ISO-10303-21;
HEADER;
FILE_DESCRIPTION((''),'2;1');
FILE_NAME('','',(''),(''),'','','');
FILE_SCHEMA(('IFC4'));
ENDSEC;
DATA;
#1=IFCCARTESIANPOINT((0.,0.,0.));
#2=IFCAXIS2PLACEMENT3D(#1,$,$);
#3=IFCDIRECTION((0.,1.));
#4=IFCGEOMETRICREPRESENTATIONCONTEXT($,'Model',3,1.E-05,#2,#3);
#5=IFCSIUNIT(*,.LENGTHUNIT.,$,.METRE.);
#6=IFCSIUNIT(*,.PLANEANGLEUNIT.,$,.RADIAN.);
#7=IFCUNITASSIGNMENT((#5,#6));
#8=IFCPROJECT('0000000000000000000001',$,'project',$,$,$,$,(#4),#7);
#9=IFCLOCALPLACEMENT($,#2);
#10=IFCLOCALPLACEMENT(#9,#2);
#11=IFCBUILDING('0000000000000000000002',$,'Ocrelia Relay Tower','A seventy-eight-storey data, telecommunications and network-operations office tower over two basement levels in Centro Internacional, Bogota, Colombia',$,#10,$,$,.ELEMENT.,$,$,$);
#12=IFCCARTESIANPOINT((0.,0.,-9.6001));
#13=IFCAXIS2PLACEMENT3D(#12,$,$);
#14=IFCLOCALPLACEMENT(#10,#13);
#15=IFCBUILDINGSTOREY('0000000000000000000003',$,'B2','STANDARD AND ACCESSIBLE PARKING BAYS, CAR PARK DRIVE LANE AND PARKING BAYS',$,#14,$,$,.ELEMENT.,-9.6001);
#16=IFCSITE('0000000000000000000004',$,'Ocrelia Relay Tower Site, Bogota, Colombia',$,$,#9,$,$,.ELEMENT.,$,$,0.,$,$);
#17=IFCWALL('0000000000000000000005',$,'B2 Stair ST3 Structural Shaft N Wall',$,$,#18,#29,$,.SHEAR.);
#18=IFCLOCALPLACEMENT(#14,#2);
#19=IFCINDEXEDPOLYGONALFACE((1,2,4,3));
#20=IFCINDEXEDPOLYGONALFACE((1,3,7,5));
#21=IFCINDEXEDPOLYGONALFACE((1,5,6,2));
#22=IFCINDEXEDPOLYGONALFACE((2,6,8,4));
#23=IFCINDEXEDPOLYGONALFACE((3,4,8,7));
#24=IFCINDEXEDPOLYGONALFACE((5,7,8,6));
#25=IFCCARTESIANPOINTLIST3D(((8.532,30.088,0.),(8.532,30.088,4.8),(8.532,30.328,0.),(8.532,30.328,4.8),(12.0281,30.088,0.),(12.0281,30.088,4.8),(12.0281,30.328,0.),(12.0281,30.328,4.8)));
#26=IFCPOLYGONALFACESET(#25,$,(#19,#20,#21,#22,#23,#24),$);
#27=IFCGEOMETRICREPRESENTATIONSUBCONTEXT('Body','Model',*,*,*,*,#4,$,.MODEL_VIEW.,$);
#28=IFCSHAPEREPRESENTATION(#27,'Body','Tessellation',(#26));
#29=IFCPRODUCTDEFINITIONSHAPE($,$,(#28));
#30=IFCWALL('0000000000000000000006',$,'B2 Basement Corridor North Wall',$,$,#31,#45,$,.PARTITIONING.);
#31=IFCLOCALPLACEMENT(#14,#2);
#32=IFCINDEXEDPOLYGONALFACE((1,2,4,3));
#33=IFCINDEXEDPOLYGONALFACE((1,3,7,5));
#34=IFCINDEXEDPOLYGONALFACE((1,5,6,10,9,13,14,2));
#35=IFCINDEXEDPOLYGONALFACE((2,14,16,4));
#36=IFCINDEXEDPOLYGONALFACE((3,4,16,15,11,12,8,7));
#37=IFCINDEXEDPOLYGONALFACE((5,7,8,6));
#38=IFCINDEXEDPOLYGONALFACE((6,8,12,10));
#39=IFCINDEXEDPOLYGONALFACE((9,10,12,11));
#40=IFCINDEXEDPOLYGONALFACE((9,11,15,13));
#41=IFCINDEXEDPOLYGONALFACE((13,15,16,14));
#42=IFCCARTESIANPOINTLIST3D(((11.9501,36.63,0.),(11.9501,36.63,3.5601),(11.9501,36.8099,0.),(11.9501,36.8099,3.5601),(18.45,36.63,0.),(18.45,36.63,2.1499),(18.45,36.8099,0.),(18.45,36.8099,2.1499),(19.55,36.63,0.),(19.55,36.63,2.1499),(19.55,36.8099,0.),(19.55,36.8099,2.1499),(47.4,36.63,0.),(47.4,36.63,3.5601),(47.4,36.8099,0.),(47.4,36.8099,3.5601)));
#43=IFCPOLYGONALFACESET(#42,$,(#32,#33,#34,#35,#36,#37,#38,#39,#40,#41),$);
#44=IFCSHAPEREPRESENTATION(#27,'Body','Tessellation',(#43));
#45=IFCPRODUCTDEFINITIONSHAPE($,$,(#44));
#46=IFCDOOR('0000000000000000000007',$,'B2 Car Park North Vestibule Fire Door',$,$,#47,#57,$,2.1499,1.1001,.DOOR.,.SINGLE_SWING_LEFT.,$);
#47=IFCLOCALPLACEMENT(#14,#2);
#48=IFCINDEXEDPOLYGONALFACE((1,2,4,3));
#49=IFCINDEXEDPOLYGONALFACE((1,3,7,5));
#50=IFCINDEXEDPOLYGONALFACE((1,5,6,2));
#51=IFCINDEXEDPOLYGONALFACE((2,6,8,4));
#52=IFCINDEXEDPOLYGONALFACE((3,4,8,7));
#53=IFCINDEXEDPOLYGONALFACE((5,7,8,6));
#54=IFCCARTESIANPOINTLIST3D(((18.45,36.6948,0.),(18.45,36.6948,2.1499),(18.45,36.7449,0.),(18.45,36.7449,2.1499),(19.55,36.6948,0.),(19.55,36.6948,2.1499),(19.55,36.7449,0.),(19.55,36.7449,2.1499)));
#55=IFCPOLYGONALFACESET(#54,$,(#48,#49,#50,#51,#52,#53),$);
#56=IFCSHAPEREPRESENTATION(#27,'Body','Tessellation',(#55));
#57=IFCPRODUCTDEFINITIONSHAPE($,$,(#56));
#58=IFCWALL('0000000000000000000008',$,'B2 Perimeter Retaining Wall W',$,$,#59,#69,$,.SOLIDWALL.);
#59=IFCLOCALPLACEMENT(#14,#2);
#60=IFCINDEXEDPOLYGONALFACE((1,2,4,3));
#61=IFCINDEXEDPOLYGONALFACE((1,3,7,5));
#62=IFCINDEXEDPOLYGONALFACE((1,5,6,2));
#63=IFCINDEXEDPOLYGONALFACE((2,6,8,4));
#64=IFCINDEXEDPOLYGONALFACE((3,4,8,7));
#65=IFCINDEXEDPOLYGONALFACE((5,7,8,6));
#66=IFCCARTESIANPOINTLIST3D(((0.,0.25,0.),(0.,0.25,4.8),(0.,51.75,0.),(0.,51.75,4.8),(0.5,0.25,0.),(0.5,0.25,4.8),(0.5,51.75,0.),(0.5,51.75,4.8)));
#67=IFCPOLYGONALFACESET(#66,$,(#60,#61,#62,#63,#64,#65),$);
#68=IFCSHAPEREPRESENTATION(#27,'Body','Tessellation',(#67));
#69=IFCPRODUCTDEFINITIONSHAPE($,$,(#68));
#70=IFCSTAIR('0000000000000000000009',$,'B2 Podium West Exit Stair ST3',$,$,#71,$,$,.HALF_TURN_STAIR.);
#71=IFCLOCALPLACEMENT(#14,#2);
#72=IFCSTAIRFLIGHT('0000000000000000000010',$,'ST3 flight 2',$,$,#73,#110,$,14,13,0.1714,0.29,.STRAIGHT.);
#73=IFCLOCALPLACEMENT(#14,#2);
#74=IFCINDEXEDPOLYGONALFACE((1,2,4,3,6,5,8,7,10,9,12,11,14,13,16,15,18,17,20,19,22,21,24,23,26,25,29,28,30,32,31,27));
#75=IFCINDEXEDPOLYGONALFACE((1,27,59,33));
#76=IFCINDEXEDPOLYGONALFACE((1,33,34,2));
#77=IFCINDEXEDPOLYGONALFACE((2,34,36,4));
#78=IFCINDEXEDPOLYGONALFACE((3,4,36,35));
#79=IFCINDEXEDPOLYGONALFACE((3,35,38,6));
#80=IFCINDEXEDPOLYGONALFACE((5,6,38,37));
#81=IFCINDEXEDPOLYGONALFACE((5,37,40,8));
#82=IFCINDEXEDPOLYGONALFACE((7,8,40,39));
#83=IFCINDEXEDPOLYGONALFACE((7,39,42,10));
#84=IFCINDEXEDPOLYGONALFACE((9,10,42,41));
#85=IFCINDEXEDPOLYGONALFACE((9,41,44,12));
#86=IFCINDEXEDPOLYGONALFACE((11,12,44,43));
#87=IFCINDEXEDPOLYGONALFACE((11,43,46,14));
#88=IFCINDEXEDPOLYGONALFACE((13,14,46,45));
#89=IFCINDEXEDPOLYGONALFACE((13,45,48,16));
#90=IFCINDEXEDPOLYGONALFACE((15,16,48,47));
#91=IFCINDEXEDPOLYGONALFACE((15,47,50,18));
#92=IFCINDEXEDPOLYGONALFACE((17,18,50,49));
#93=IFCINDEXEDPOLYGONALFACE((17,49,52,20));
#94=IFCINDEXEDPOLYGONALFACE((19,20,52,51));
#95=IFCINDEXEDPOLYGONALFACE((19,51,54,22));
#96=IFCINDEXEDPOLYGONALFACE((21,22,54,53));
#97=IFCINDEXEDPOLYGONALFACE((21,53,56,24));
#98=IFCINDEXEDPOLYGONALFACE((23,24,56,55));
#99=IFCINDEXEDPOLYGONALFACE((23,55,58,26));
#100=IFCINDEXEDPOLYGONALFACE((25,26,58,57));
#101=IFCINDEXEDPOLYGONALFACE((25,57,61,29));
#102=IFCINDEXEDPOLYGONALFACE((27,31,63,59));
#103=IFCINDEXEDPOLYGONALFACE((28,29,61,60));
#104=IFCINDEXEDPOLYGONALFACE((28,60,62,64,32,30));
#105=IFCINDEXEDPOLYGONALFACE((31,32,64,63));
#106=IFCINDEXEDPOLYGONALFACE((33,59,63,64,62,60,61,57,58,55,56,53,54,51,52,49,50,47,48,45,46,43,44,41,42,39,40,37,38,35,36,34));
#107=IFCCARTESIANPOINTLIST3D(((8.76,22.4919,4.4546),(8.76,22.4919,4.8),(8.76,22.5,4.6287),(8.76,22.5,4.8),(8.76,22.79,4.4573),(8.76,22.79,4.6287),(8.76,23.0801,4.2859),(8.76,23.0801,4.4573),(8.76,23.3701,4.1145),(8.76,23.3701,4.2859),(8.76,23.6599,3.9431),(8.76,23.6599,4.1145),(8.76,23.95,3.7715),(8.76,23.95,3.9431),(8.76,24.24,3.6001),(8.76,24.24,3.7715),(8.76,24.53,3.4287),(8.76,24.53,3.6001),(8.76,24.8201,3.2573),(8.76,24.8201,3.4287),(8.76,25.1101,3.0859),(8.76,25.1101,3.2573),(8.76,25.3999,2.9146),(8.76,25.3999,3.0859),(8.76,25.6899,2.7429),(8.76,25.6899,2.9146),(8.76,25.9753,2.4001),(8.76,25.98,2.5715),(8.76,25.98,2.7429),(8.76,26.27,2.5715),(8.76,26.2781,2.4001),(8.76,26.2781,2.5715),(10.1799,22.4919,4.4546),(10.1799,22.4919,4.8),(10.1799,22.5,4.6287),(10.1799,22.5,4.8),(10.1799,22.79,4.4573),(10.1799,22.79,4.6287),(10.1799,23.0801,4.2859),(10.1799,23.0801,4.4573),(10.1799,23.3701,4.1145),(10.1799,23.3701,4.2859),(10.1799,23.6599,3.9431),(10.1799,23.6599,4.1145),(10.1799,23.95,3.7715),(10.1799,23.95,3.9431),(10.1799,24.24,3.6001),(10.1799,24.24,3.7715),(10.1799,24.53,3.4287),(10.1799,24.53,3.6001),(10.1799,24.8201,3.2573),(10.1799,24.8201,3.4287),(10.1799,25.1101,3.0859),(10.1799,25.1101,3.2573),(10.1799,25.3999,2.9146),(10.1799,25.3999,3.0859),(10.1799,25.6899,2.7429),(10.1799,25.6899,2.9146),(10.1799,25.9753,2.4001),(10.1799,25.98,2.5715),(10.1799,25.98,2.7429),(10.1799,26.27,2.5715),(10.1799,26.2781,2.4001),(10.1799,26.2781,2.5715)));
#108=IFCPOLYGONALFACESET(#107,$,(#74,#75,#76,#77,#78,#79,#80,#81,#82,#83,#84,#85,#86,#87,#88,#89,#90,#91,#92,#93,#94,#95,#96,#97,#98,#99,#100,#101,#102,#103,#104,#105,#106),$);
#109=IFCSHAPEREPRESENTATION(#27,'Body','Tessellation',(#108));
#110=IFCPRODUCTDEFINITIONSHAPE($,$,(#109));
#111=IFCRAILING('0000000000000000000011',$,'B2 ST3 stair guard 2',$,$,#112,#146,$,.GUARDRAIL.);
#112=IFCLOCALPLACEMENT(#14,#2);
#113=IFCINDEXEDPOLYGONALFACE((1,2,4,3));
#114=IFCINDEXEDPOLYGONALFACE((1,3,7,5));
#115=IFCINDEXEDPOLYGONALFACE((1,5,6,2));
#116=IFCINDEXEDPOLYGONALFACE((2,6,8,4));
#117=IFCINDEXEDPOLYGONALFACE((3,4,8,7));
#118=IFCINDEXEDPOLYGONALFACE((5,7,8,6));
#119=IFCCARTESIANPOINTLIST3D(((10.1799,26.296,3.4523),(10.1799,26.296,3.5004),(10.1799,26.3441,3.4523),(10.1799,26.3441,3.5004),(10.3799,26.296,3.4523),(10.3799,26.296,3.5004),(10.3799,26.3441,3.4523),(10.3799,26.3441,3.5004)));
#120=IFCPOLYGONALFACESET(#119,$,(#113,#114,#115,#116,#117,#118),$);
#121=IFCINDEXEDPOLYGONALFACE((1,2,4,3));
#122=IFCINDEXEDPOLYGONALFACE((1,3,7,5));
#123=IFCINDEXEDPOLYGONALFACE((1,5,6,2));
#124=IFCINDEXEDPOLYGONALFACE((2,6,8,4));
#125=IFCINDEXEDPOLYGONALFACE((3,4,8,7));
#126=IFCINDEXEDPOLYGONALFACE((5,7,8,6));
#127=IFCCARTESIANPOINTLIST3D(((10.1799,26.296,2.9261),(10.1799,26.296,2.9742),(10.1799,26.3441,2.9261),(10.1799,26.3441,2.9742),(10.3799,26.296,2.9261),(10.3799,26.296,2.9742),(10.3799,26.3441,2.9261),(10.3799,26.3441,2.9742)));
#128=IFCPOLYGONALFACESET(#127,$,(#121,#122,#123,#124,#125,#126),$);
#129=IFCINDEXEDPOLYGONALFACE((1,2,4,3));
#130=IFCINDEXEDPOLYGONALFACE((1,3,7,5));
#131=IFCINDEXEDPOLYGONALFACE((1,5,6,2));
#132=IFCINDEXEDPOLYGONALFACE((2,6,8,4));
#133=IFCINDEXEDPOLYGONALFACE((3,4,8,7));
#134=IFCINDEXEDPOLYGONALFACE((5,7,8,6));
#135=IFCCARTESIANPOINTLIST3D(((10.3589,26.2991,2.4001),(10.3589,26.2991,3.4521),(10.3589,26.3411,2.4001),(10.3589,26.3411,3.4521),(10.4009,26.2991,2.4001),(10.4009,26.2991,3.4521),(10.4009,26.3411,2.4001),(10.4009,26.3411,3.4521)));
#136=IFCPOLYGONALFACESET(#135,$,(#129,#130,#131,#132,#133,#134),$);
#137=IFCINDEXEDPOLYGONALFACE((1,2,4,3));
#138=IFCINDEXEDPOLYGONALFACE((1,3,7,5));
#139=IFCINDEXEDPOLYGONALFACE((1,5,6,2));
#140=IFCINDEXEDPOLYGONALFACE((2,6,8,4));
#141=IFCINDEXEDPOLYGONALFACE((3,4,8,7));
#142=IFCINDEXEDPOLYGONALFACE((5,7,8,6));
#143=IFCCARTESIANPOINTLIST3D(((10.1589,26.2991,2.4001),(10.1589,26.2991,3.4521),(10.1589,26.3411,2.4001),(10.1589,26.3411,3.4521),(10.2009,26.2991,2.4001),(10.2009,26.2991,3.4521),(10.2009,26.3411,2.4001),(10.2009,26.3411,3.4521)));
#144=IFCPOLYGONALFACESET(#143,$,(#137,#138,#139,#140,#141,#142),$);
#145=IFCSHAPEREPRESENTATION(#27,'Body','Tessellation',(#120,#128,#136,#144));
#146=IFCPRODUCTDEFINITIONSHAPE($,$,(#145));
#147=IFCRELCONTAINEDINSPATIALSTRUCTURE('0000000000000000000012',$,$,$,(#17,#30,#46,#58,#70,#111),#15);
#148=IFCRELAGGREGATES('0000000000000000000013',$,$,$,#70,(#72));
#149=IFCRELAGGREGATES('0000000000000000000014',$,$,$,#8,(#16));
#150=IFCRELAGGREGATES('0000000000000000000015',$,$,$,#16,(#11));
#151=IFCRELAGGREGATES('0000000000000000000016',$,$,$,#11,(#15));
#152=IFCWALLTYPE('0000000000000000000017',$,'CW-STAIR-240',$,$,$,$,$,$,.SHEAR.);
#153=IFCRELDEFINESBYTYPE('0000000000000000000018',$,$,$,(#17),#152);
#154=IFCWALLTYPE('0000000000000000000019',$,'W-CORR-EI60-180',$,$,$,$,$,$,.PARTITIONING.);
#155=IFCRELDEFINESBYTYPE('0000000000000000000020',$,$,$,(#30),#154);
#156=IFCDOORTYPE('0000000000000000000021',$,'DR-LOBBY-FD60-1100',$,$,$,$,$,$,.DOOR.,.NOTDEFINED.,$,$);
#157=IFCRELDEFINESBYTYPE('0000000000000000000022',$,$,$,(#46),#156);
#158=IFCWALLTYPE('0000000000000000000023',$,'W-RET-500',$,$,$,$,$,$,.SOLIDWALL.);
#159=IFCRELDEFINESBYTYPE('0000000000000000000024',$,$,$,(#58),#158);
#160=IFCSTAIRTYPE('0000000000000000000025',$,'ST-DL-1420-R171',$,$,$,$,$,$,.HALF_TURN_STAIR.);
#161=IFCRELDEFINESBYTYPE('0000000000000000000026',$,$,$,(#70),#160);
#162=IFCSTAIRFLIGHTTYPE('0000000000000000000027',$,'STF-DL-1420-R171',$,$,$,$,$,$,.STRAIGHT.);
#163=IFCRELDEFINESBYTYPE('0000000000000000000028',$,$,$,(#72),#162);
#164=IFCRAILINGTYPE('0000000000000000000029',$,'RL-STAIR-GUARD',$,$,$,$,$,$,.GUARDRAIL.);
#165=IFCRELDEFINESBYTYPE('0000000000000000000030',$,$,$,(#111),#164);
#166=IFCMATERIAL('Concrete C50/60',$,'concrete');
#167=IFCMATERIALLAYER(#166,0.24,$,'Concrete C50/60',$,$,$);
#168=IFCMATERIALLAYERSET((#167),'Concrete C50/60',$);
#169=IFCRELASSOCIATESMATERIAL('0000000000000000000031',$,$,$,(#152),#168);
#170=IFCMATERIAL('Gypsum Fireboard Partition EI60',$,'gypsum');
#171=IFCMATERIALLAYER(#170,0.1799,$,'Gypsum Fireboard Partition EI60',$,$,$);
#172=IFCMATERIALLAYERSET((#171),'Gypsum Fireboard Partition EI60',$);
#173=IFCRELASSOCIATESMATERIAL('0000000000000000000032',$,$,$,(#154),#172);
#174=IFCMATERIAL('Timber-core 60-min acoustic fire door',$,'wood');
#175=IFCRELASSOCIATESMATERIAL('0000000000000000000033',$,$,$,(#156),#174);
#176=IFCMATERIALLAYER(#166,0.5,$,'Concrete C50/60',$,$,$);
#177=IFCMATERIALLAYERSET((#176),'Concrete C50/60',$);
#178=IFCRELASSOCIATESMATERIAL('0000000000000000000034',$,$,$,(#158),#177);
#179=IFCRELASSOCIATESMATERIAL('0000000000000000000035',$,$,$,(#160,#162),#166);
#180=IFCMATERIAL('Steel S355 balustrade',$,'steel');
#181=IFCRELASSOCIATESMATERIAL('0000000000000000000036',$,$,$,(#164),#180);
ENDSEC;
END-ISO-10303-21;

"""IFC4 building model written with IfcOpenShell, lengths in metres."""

from ifc_helpers import new_model, si_unit, direction, frame, frame_2d, origin, origin_2d, place, context, subcontext, project, spatial, polyline, rectangle, outline, extrude, material, layer, layer_set, type_object, element, fill, aggregate, save


model = new_model("IFC4")

# Units and contexts
model_context = context("Model", 3, precision=1e-05, world=origin(), true_north=direction((0.0, 1.0)))
body_context = subcontext(model_context, "Body", "Model", "MODEL_VIEW")
ifc_project = project(units=[si_unit("LENGTHUNIT", "METRE"), si_unit("PLANEANGLEUNIT", "RADIAN")], contexts=[model_context])

# Site, building, storey
site_placement = place(None, origin())
site = spatial("IfcSite", under=ifc_project, at=site_placement, Name="Ocrelia Relay Tower Site, Bogota, Colombia", CompositionType="ELEMENT", RefElevation=0.0)
building_placement = place(site_placement, origin())
building = spatial("IfcBuilding", under=site, at=building_placement, Name="Ocrelia Relay Tower", Description="A seventy-eight-storey data, telecommunications and network-operations office tower over two basement levels in Centro Internacional, Bogota, Colombia", CompositionType="ELEMENT")
storey_placement = place(building_placement, frame((0.0, 0.0, -9.6001)))
storey = spatial("IfcBuildingStorey", under=building, at=storey_placement, Name="B2", Description="STANDARD AND ACCESSIBLE PARKING BAYS, CAR PARK DRIVE LANE AND PARKING BAYS", CompositionType="ELEMENT", Elevation=-9.6001)

# Shared definitions
ifc_material_1 = material(Name="Concrete C50/60", Category="concrete")

# Wall
ifc_layer_1 = layer(ifc_material_1, 0.24, Name="Concrete C50/60")
ifc_layer_set_1 = layer_set([ifc_layer_1], Name="Concrete C50/60")
wall_type_1 = type_object("IfcWallType", Name="CW-STAIR-240", PredefinedType="SHEAR", material=ifc_layer_set_1)
wall_1_placement = place(storey_placement, frame((8.532, 30.208, 0.0), z_axis=(0.0, 0.0, 1.0), x_axis=(1.0, 0.0, 0.0)))
element("IfcWall", 1, at=wall_1_placement, inside=storey, type_object=wall_type_1, Name="B2 Stair ST3 Structural Shaft N Wall", PredefinedType="SHEAR", context=body_context, shape_type="SweptSolid", body=[
    extrude(rectangle(XDim=3.4961, YDim=0.24, at=frame_2d((1.748, 0.0))), origin(), (0.0, 0.0, 1.0), 4.8),
])

# Wall, opening, door
ifc_material_2 = material(Name="Gypsum Fireboard Partition EI60", Category="gypsum")
ifc_layer_2 = layer(ifc_material_2, 0.1799, Name="Gypsum Fireboard Partition EI60")
ifc_layer_set_2 = layer_set([ifc_layer_2], Name="Gypsum Fireboard Partition EI60")
wall_type_2 = type_object("IfcWallType", Name="W-CORR-EI60-180", PredefinedType="PARTITIONING", material=ifc_layer_set_2)
wall_2_placement = place(storey_placement, frame((11.95, 36.72, 0.0), z_axis=(0.0, 0.0, 1.0), x_axis=(1.0, 0.0, 0.0)))
wall_2 = element("IfcWall", 2, at=wall_2_placement, inside=storey, type_object=wall_type_2, Name="B2 Basement Corridor North Wall", PredefinedType="PARTITIONING", context=body_context, shape_type="SweptSolid", body=[
    extrude(rectangle(XDim=35.45, YDim=0.1799, at=frame_2d((17.7251, 0.0))), origin(), (0.0, 0.0, 1.0), 3.5601),
])
opening_placement = place(wall_2_placement, frame((6.5, 0.0, 0.0)))
opening = element("IfcOpeningElement", 3, at=opening_placement, cuts=wall_2, PredefinedType="OPENING", context=body_context, shape_type="SweptSolid", body=[
    extrude(rectangle(XDim=1.1001, YDim=2.1499, at=frame_2d((0.55, 1.075))), frame((0.0, 0.1001, 0.0), z_axis=(0.0, -1.0, 0.0), x_axis=(1.0, 0.0, 0.0)), (0.0, 0.0, 1.0), 0.2),
])
ifc_material_3 = material(Name="Timber-core 60-min acoustic fire door", Category="wood")
door_type = type_object("IfcDoorType", Name="DR-LOBBY-FD60-1100", OperationType="NOTDEFINED", PredefinedType="DOOR", material=ifc_material_3)
door_placement = place(opening_placement, origin())
door = element("IfcDoor", 4, at=door_placement, inside=storey, type_object=door_type, Name="B2 Car Park North Vestibule Fire Door", OperationType="SINGLE_SWING_LEFT", OverallHeight=2.1499, OverallWidth=1.1001, PredefinedType="DOOR", context=body_context, shape_type="SweptSolid", body=[
    extrude(rectangle(XDim=1.1001, YDim=2.1499, at=frame_2d((0.55, 1.075))), frame((0.0, 0.0249, 0.0), z_axis=(0.0, -1.0, 0.0), x_axis=(1.0, 0.0, 0.0)), (0.0, 0.0, 1.0), 0.05),
])
fill(opening, door)

# Wall
ifc_layer_3 = layer(ifc_material_1, 0.5, Name="Concrete C50/60")
ifc_layer_set_3 = layer_set([ifc_layer_3], Name="Concrete C50/60")
wall_type_3 = type_object("IfcWallType", Name="W-RET-500", PredefinedType="SOLIDWALL", material=ifc_layer_set_3)
wall_3_placement = place(storey_placement, frame((0.25, 51.75, 0.0), z_axis=(0.0, 0.0, 1.0), x_axis=(0.0, -1.0, 0.0)))
element("IfcWall", 5, at=wall_3_placement, inside=storey, type_object=wall_type_3, Name="B2 Perimeter Retaining Wall W", PredefinedType="SOLIDWALL", context=body_context, shape_type="SweptSolid", body=[
    extrude(rectangle(XDim=51.5, YDim=0.5, at=frame_2d((25.75, 0.0))), origin(), (0.0, 0.0, 1.0), 4.8),
])

# Stair, stair flight
stair_type = type_object("IfcStairType", Name="ST-DL-1420-R171", PredefinedType="HALF_TURN_STAIR", material=ifc_material_1)
stair_placement = place(storey_placement, origin())
stair = element("IfcStair", 6, at=stair_placement, inside=storey, type_object=stair_type, Name="B2 Podium West Exit Stair ST3", PredefinedType="HALF_TURN_STAIR")
stair_flight_type = type_object("IfcStairFlightType", Name="STF-DL-1420-R171", PredefinedType="STRAIGHT", material=ifc_material_1)
stair_flight_placement = place(storey_placement, frame((9.47, 26.27, 2.4001), z_axis=(0.0, 0.0, 1.0), x_axis=(0.0, -1.0, 0.0)))
stair_flight = element("IfcStairFlight", 7, at=stair_flight_placement, type_object=stair_flight_type, Name="ST3 flight 2", NumberOfRisers=14, NumberOfTreads=13, PredefinedType="STRAIGHT", RiserHeight=0.1714, TreadLength=0.29, context=body_context, shape_type="SweptSolid", body=[
    extrude(outline(polyline([(-0.0081, 0.0), (-0.0081, 0.1714), (0.0, 0.1714), (0.29, 0.1714), (0.29, 0.3428), (0.5801, 0.3428), (0.5801, 0.5144), (0.8701, 0.5144), (0.8701, 0.6858), (1.1599, 0.6858), (1.1599, 0.8572), (1.45, 0.8572), (1.45, 1.0286), (1.74, 1.0286), (1.74, 1.2), (2.03, 1.2), (2.03, 1.3713), (2.3201, 1.3713), (2.3201, 1.543), (2.6101, 1.543), (2.6101, 1.7144), (2.8999, 1.7144), (2.8999, 1.8857), (3.1899, 1.8857), (3.1899, 2.0571), (3.48, 2.0571), (3.48, 2.2285), (3.77, 2.2285), (3.77, 2.3999), (3.7781, 2.3999), (3.7781, 2.0544), (0.2947, 0.0), (-0.0081, 0.0)])), frame((0.0, 0.71, 0.0), z_axis=(0.0, -1.0, 0.0), x_axis=(1.0, 0.0, 0.0)), (0.0, 0.0, 1.0), 1.4199),
])
aggregate(stair, [stair_flight])

# Railing
ifc_material_4 = material(Name="Steel S355 balustrade", Category="steel")
railing_type_1 = type_object("IfcRailingType", Name="RL-STAIR-GUARD", PredefinedType="GUARDRAIL", material=ifc_material_4)
railing_1_placement = place(storey_placement, frame((10.3799, 26.3201, 2.4001)))
element("IfcRailing", 8, at=railing_1_placement, inside=storey, type_object=railing_type_1, Name="B2 ST3 stair guard 2", PredefinedType="GUARDRAIL", context=body_context, shape_type="SweptSolid", body=[
    extrude(rectangle(XDim=0.0481, YDim=0.0481, at=origin_2d()), frame((0.0, 0.0, 1.0762), z_axis=(-1.0, 0.0, 0.0), x_axis=(0.0, -1.0, 0.0)), (0.0, 0.0, 1.0), 0.2),
    extrude(rectangle(XDim=0.0481, YDim=0.0481, at=origin_2d()), frame((0.0, 0.0, 0.55), z_axis=(-1.0, 0.0, 0.0), x_axis=(0.0, -1.0, 0.0)), (0.0, 0.0, 1.0), 0.2),
    extrude(rectangle(XDim=0.042, YDim=0.042, at=origin_2d()), origin(), (0.0, 0.0, 1.0), 1.052),
    extrude(rectangle(XDim=0.042, YDim=0.042, at=origin_2d()), frame((-0.2, 0.0, 0.0)), (0.0, 0.0, 1.0), 1.052),
])

save(model, "model.ifc")
